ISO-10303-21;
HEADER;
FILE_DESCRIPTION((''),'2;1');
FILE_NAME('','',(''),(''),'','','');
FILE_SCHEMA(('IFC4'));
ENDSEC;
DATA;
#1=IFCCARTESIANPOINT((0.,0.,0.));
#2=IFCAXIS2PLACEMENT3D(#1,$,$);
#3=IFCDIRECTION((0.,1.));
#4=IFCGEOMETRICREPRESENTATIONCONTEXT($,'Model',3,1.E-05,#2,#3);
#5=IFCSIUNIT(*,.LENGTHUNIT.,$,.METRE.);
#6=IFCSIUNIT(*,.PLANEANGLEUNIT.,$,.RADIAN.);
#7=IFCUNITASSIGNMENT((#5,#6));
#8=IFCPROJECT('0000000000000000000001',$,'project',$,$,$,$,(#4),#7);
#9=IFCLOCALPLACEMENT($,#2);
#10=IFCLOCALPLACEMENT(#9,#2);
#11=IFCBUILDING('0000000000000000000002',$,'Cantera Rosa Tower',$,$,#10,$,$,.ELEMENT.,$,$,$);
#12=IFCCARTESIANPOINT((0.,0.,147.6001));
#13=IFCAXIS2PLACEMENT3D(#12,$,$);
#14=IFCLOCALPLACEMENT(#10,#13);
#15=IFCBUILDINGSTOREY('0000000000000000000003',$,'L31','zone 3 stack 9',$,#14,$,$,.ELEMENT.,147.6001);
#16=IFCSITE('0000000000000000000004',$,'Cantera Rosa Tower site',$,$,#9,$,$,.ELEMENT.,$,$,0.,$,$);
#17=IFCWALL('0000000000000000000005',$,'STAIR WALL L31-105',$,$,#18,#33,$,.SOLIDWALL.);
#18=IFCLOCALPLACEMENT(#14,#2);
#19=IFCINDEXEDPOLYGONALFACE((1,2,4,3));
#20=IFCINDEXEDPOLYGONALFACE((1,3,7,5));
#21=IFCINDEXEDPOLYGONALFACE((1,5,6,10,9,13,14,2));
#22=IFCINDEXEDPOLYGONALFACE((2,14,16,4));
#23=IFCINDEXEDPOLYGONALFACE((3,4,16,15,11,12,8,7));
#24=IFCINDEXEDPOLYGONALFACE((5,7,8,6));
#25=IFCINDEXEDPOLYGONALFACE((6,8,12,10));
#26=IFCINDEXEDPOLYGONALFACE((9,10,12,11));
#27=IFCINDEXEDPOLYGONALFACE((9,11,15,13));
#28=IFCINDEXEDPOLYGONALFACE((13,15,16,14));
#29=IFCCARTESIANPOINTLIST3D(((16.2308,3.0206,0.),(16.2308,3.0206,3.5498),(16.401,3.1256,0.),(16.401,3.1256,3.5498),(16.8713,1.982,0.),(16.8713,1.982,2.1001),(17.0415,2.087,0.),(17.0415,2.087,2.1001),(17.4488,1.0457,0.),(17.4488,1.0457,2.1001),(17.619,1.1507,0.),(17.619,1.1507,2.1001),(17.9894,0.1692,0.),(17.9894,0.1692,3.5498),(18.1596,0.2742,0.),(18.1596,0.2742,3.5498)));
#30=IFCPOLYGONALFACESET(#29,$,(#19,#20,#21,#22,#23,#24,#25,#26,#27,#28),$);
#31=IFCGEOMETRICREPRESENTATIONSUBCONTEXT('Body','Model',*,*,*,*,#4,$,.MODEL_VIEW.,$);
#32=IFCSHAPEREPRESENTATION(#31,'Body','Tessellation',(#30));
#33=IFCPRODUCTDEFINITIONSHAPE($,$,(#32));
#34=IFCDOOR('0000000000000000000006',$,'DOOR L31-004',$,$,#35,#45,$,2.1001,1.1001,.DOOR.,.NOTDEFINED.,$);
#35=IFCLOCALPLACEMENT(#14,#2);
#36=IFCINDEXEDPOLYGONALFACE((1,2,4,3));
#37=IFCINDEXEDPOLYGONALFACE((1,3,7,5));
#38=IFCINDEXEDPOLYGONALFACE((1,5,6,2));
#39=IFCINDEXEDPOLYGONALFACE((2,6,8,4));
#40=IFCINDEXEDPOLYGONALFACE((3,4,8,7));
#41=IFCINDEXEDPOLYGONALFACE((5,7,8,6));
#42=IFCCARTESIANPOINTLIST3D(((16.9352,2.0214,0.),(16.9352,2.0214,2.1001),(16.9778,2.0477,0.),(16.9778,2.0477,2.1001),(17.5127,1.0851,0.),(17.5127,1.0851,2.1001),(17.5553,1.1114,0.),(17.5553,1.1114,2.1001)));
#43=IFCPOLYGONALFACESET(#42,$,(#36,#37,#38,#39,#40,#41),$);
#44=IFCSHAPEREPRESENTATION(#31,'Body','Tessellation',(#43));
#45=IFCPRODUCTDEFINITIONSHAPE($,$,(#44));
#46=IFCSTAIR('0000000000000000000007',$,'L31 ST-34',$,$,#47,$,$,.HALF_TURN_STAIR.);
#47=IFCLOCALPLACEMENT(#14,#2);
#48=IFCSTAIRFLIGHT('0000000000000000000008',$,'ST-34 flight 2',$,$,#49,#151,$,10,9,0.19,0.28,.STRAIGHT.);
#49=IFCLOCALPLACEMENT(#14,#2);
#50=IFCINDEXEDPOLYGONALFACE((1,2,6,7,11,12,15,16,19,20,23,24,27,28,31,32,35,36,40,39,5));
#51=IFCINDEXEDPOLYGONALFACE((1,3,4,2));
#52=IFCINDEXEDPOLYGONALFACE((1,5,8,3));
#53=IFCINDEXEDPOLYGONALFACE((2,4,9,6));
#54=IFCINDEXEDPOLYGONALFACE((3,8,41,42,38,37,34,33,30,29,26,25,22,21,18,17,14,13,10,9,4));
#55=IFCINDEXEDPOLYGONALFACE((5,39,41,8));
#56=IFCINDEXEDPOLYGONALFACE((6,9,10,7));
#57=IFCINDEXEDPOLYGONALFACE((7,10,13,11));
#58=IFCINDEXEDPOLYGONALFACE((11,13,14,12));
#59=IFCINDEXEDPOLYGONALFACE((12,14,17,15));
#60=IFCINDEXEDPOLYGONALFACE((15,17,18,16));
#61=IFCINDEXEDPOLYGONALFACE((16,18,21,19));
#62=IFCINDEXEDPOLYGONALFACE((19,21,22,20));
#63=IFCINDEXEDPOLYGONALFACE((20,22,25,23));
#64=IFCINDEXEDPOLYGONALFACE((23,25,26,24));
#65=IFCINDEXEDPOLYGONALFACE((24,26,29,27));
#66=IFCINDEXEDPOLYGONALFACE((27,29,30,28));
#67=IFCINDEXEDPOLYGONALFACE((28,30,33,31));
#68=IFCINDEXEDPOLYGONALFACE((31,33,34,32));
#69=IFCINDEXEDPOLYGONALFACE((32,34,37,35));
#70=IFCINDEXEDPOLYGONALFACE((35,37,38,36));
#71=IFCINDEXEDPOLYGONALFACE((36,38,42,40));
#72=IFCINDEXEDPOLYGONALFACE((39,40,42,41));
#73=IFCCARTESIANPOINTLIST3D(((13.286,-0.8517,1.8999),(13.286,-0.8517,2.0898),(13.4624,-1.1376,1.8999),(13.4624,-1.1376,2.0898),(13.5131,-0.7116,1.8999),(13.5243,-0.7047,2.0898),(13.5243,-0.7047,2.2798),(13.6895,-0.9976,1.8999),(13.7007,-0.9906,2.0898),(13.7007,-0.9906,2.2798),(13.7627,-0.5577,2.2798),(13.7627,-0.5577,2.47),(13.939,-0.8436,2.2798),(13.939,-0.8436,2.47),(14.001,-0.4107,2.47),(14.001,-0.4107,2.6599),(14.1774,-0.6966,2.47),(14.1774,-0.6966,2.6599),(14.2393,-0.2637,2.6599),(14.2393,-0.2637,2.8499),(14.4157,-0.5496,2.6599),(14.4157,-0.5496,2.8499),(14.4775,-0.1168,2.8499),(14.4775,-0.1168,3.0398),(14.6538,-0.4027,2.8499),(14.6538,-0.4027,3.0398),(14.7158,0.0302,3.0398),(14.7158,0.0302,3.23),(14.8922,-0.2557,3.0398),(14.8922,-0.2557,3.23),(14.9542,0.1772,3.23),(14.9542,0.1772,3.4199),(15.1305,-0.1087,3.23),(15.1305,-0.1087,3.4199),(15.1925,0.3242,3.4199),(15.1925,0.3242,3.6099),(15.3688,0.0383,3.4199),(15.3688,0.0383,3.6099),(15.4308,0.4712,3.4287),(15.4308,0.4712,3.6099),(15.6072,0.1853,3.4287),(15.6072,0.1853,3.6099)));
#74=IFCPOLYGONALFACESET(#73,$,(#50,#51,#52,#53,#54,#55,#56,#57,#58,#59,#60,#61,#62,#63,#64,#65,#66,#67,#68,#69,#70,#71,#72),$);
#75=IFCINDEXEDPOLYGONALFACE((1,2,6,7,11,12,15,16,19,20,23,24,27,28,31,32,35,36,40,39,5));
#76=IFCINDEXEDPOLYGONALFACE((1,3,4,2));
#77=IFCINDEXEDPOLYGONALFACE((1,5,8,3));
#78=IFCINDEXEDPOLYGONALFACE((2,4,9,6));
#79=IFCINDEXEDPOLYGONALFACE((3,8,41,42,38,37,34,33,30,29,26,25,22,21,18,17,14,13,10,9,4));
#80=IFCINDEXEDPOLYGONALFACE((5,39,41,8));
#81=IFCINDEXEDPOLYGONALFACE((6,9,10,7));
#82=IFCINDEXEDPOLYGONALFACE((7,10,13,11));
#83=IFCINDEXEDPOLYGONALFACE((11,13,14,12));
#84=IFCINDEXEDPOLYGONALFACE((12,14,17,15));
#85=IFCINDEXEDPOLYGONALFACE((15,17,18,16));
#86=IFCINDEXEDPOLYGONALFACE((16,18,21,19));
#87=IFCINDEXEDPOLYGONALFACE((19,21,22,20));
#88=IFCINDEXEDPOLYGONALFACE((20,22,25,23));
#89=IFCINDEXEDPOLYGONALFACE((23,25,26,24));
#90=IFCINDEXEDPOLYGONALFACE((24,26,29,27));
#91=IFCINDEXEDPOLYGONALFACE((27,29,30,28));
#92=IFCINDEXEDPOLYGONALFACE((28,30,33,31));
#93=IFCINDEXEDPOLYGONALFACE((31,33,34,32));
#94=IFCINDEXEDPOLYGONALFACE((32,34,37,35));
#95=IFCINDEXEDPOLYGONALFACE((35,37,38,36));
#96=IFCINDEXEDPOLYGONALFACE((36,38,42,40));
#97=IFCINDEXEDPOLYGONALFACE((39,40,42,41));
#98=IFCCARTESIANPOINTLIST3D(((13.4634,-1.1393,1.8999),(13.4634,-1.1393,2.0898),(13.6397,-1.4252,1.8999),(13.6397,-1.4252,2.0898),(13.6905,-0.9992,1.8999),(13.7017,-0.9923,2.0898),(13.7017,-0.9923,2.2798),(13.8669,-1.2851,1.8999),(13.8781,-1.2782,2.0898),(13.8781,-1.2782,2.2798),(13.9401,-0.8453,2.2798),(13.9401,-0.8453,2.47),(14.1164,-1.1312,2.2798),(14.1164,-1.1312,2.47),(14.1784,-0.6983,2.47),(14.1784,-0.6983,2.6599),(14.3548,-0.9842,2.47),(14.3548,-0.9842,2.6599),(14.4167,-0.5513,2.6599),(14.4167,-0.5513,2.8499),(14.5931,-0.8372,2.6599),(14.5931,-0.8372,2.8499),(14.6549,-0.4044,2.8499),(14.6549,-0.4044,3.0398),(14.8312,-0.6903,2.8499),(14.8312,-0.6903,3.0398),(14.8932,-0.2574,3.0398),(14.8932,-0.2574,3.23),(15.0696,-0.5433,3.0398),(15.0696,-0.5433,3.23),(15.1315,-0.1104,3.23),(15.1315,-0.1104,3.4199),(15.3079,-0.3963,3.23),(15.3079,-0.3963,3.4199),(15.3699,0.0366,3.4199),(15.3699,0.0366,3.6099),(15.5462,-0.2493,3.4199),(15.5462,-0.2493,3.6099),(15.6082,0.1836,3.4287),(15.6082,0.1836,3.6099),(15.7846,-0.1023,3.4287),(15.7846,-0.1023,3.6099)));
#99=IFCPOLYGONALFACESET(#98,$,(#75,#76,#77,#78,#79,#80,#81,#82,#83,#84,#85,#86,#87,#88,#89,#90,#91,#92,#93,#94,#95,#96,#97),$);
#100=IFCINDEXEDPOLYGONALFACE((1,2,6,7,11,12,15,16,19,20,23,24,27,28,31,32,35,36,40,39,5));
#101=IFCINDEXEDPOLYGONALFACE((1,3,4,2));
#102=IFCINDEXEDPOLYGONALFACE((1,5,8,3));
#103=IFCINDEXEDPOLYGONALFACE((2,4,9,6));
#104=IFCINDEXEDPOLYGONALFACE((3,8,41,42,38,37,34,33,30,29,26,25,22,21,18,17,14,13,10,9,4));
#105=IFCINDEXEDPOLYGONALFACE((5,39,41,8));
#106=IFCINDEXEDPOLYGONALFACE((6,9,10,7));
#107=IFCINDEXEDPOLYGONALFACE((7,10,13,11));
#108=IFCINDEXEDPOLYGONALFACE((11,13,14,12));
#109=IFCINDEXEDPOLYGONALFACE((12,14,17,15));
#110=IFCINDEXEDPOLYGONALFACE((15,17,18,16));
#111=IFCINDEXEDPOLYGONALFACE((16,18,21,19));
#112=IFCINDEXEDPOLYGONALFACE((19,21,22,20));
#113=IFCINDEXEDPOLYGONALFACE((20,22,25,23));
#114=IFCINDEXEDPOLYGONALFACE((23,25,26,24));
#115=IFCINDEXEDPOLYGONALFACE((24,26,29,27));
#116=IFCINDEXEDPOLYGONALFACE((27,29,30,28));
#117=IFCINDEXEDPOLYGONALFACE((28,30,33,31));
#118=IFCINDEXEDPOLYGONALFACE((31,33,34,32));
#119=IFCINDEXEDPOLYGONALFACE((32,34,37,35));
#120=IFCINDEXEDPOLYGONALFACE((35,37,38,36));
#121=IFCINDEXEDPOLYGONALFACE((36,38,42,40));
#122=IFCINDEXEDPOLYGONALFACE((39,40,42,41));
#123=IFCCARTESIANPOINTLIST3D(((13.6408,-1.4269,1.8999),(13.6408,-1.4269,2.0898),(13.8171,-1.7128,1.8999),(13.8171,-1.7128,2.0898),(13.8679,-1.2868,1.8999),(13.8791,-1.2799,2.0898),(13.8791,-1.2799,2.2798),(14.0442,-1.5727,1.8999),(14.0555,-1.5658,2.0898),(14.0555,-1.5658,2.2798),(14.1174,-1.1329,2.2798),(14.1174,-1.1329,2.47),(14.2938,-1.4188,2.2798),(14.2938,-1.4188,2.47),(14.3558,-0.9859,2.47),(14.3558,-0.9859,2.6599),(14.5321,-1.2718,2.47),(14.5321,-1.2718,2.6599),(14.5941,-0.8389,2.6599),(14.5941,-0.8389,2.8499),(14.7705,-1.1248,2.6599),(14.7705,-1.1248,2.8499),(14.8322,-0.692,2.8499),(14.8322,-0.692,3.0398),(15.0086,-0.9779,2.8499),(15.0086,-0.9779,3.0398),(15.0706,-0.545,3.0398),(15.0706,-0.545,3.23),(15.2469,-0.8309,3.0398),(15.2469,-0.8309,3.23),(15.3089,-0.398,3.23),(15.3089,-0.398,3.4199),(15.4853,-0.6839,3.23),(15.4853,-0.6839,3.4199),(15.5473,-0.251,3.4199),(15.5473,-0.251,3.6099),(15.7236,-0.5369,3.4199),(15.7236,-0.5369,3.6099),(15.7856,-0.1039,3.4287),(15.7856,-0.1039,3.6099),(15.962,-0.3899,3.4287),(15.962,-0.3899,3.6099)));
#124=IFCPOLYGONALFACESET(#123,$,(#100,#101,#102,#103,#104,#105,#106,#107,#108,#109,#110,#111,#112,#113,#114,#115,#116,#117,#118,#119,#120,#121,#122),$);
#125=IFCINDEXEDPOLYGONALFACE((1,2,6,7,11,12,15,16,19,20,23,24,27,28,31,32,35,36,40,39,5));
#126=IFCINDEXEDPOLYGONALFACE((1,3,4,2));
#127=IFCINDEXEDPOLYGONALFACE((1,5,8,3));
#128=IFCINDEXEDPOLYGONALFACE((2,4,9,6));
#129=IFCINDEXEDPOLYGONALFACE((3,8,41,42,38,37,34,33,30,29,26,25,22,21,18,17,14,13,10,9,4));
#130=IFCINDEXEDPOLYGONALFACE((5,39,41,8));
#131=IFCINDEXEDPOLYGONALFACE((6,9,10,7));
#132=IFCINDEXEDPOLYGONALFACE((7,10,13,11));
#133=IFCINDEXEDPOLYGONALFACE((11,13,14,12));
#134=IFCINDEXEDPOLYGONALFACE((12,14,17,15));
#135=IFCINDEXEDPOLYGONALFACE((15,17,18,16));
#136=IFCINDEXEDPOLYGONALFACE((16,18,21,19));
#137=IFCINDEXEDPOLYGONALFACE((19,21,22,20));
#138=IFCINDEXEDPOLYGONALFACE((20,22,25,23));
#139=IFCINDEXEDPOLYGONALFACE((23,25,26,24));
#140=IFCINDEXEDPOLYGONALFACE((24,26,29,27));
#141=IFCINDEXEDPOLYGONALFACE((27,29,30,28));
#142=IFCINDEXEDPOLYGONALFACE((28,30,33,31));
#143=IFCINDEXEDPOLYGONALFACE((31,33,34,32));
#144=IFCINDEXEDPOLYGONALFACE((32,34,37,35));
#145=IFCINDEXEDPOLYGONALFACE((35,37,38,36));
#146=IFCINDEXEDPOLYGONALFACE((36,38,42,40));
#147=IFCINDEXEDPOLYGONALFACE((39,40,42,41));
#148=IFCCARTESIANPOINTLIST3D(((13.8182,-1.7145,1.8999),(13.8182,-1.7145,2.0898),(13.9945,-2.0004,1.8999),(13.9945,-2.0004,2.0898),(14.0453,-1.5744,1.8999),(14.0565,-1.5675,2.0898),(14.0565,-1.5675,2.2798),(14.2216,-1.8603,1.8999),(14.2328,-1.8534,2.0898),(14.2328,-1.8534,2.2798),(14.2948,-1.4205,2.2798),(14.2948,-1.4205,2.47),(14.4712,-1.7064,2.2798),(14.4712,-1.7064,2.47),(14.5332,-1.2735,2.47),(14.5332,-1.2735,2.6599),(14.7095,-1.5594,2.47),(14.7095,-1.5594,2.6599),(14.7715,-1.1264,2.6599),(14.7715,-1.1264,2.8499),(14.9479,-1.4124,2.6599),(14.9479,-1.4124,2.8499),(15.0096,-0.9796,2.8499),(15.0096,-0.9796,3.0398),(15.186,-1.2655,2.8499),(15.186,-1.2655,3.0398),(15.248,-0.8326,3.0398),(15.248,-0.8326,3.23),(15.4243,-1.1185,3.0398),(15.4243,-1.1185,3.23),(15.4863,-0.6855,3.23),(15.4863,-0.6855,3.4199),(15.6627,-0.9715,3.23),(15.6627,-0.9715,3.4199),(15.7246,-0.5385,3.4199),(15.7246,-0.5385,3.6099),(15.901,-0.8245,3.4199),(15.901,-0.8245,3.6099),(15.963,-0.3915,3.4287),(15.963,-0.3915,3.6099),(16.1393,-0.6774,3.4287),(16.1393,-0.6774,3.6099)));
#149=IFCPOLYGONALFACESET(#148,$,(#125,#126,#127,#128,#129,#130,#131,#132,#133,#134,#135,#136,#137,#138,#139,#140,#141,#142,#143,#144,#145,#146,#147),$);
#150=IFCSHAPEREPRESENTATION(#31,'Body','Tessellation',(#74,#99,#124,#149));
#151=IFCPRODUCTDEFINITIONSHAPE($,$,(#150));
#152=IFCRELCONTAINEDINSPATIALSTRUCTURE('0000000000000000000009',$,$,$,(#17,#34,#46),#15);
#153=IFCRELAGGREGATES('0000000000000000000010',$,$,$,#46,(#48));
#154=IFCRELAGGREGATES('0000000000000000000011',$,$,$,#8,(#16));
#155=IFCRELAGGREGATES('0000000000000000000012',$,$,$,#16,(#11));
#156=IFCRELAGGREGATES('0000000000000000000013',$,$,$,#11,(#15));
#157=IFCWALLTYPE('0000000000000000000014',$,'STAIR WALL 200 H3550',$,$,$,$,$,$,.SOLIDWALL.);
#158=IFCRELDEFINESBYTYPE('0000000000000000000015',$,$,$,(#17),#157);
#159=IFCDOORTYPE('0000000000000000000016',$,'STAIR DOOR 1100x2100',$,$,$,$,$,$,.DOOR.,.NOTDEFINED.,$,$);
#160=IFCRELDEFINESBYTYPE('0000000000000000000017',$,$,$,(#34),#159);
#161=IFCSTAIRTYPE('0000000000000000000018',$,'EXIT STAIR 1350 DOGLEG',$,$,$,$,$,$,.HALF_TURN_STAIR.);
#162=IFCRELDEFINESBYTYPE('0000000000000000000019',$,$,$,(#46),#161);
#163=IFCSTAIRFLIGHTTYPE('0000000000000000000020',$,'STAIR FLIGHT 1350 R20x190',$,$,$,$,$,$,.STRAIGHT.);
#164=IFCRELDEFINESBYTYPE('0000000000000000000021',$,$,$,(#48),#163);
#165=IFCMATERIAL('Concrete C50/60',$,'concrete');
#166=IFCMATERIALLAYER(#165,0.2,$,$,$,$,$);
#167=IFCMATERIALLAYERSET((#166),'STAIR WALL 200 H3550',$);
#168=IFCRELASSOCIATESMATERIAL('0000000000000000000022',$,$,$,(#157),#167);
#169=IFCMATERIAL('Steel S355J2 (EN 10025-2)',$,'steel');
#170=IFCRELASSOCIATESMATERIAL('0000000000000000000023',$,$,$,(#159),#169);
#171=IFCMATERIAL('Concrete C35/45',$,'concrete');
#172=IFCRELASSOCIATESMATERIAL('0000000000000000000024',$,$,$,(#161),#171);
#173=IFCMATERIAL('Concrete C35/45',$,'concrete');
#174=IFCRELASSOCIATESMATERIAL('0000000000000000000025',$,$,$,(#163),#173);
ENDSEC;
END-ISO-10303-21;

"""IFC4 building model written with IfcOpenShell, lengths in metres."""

from ifc_helpers import new_model, si_unit, direction, frame, frame_2d, origin, place, context, subcontext, project, spatial, polyline, rectangle, outline, extrude, material, layer, layer_set, type_object, element, fill, aggregate, save


model = new_model("IFC4")

# Units and contexts
model_context = context("Model", 3, precision=1e-05, world=origin(), true_north=direction((0.0, 1.0)))
body_context = subcontext(model_context, "Body", "Model", "MODEL_VIEW")
ifc_project = project(units=[si_unit("LENGTHUNIT", "METRE"), si_unit("PLANEANGLEUNIT", "RADIAN")], contexts=[model_context])

# Site, building, storey
site_placement = place(None, origin())
site = spatial("IfcSite", under=ifc_project, at=site_placement, Name="Cantera Rosa Tower site", CompositionType="ELEMENT", RefElevation=0.0)
building_placement = place(site_placement, origin())
building = spatial("IfcBuilding", under=site, at=building_placement, Name="Cantera Rosa Tower", CompositionType="ELEMENT")
storey_placement = place(building_placement, frame((0.0, 0.0, 147.6001)))
storey = spatial("IfcBuildingStorey", under=building, at=storey_placement, Name="L31", Description="zone 3 stack 9", CompositionType="ELEMENT", Elevation=147.6001)

# Shared definitions
ifc_material_1 = material(Name="Concrete C50/60", Category="concrete")
ifc_layer_1 = layer(ifc_material_1, 0.2)
ifc_layer_set_1 = layer_set([ifc_layer_1], Name="STAIR WALL 200 H3550")
wall_type_1 = type_object("IfcWallType", Name="STAIR WALL 200 H3550", PredefinedType="SOLIDWALL", material=ifc_layer_set_1)

# Wall, opening, door
wall_1_placement = place(storey_placement, frame((18.0745, 0.2217, 0.0), z_axis=(0.0, 0.0, 1.0), x_axis=(-0.524939, 0.85114, 0.0)))
wall_1 = element("IfcWall", 1, at=wall_1_placement, inside=storey, type_object=wall_type_1, Name="STAIR WALL L31-105", PredefinedType="SOLIDWALL", context=body_context, shape_type="SweptSolid", body=[
    extrude(rectangle(XDim=3.3501, YDim=0.2, at=frame_2d((1.675, 0.0))), origin(), (0.0, 0.0, 1.0), 3.5498),
])
opening_1_placement = place(wall_1_placement, frame((1.0298, 0.0, 0.0)))
opening_1 = element("IfcOpeningElement", 2, at=opening_1_placement, cuts=wall_1, PredefinedType="OPENING", context=body_context, shape_type="SweptSolid", body=[
    extrude(rectangle(XDim=1.1001, YDim=2.1001, at=frame_2d((0.55, 1.05))), frame((0.0, 0.1099, 0.0), z_axis=(0.0, -1.0, 0.0), x_axis=(1.0, 0.0, 0.0)), (0.0, 0.0, 1.0), 0.22),
])
ifc_material_2 = material(Name="Steel S355J2 (EN 10025-2)", Category="steel")
door_type_1 = type_object("IfcDoorType", Name="STAIR DOOR 1100x2100", OperationType="NOTDEFINED", PredefinedType="DOOR", material=ifc_material_2)
door_1_placement = place(opening_1_placement, origin())
door_1 = element("IfcDoor", 3, at=door_1_placement, inside=storey, type_object=door_type_1, Name="DOOR L31-004", OperationType="NOTDEFINED", OverallHeight=2.1001, OverallWidth=1.1001, PredefinedType="DOOR", context=body_context, shape_type="SweptSolid", body=[
    extrude(rectangle(XDim=1.1001, YDim=2.1001, at=frame_2d((0.55, 1.05))), frame((0.0, 0.0249, 0.0), z_axis=(0.0, -1.0, 0.0), x_axis=(1.0, 0.0, 0.0)), (0.0, 0.0, 1.0), 0.05),
])
fill(opening_1, door_1)

# Stair, stair flight
ifc_material_3 = material(Name="Concrete C35/45", Category="concrete")
stair_type = type_object("IfcStairType", Name="EXIT STAIR 1350 DOGLEG", PredefinedType="HALF_TURN_STAIR", material=ifc_material_3)
stair_placement = place(storey_placement, origin())
stair = element("IfcStair", 4, at=stair_placement, inside=storey, type_object=stair_type, Name="L31 ST-34", PredefinedType="HALF_TURN_STAIR")
ifc_material_4 = material(Name="Concrete C35/45", Category="concrete")
stair_flight_type = type_object("IfcStairFlightType", Name="STAIR FLIGHT 1350 R20x190", PredefinedType="STRAIGHT", material=ifc_material_4)
stair_flight_placement = place(storey_placement, frame((13.6404, -1.4263, 1.8999), z_axis=(0.0, 0.0, 1.0), x_axis=(0.851117, 0.524977, 0.0)))
stair_flight = element("IfcStairFlight", 5, at=stair_flight_placement, type_object=stair_flight_type, Name="ST-34 flight 2", NumberOfRisers=10, NumberOfTreads=9, PredefinedType="STRAIGHT", RiserHeight=0.19, TreadLength=0.28, context=body_context, shape_type="SweptSolid", body=[
    extrude(outline(polyline([(0.0, 0.0), (0.0, 0.1899), (0.28, 0.1899), (0.28, 0.3799), (0.5601, 0.3799), (0.5601, 0.5701), (0.8401, 0.5701), (0.8401, 0.76), (1.1201, 0.76), (1.1201, 0.95), (1.3999, 0.95), (1.3999, 1.1399), (1.6799, 1.1399), (1.6799, 1.3301), (1.96, 1.3301), (1.96, 1.52), (2.24, 1.52), (2.24, 1.71), (2.52, 1.71), (2.52, 1.8999), (2.52, 1.5288), (0.2668, 0.0), (0.0, 0.0)])), frame((0.0, 0.675, 0.0), z_axis=(0.0, -1.0, 0.0), x_axis=(1.0, 0.0, 0.0)), (0.0, 0.0, 1.0), 0.3359),
    extrude(outline(polyline([(0.0, 0.0), (0.0, 0.1899), (0.28, 0.1899), (0.28, 0.3799), (0.5601, 0.3799), (0.5601, 0.5701), (0.8401, 0.5701), (0.8401, 0.76), (1.1201, 0.76), (1.1201, 0.95), (1.3999, 0.95), (1.3999, 1.1399), (1.6799, 1.1399), (1.6799, 1.3301), (1.96, 1.3301), (1.96, 1.52), (2.24, 1.52), (2.24, 1.71), (2.52, 1.71), (2.52, 1.8999), (2.52, 1.5288), (0.2668, 0.0), (0.0, 0.0)])), frame((0.0, 0.3372, 0.0), z_axis=(0.0, -1.0, 0.0), x_axis=(1.0, 0.0, 0.0)), (0.0, 0.0, 1.0), 0.3359),
    extrude(outline(polyline([(0.0, 0.0), (0.0, 0.1899), (0.28, 0.1899), (0.28, 0.3799), (0.5601, 0.3799), (0.5601, 0.5701), (0.8401, 0.5701), (0.8401, 0.76), (1.1201, 0.76), (1.1201, 0.95), (1.3999, 0.95), (1.3999, 1.1399), (1.6799, 1.1399), (1.6799, 1.3301), (1.96, 1.3301), (1.96, 1.52), (2.24, 1.52), (2.24, 1.71), (2.52, 1.71), (2.52, 1.8999), (2.52, 1.5288), (0.2668, 0.0), (0.0, 0.0)])), frame((0.0, -0.0007, 0.0), z_axis=(0.0, -1.0, 0.0), x_axis=(1.0, 0.0, 0.0)), (0.0, 0.0, 1.0), 0.3359),
    extrude(outline(polyline([(0.0, 0.0), (0.0, 0.1899), (0.28, 0.1899), (0.28, 0.3799), (0.5601, 0.3799), (0.5601, 0.5701), (0.8401, 0.5701), (0.8401, 0.76), (1.1201, 0.76), (1.1201, 0.95), (1.3999, 0.95), (1.3999, 1.1399), (1.6799, 1.1399), (1.6799, 1.3301), (1.96, 1.3301), (1.96, 1.52), (2.24, 1.52), (2.24, 1.71), (2.52, 1.71), (2.52, 1.8999), (2.52, 1.5288), (0.2668, 0.0), (0.0, 0.0)])), frame((0.0, -0.3386, 0.0), z_axis=(0.0, -1.0, 0.0), x_axis=(1.0, 0.0, 0.0)), (0.0, 0.0, 1.0), 0.3359),
])
aggregate(stair, [stair_flight])

save(model, "model.ifc")
